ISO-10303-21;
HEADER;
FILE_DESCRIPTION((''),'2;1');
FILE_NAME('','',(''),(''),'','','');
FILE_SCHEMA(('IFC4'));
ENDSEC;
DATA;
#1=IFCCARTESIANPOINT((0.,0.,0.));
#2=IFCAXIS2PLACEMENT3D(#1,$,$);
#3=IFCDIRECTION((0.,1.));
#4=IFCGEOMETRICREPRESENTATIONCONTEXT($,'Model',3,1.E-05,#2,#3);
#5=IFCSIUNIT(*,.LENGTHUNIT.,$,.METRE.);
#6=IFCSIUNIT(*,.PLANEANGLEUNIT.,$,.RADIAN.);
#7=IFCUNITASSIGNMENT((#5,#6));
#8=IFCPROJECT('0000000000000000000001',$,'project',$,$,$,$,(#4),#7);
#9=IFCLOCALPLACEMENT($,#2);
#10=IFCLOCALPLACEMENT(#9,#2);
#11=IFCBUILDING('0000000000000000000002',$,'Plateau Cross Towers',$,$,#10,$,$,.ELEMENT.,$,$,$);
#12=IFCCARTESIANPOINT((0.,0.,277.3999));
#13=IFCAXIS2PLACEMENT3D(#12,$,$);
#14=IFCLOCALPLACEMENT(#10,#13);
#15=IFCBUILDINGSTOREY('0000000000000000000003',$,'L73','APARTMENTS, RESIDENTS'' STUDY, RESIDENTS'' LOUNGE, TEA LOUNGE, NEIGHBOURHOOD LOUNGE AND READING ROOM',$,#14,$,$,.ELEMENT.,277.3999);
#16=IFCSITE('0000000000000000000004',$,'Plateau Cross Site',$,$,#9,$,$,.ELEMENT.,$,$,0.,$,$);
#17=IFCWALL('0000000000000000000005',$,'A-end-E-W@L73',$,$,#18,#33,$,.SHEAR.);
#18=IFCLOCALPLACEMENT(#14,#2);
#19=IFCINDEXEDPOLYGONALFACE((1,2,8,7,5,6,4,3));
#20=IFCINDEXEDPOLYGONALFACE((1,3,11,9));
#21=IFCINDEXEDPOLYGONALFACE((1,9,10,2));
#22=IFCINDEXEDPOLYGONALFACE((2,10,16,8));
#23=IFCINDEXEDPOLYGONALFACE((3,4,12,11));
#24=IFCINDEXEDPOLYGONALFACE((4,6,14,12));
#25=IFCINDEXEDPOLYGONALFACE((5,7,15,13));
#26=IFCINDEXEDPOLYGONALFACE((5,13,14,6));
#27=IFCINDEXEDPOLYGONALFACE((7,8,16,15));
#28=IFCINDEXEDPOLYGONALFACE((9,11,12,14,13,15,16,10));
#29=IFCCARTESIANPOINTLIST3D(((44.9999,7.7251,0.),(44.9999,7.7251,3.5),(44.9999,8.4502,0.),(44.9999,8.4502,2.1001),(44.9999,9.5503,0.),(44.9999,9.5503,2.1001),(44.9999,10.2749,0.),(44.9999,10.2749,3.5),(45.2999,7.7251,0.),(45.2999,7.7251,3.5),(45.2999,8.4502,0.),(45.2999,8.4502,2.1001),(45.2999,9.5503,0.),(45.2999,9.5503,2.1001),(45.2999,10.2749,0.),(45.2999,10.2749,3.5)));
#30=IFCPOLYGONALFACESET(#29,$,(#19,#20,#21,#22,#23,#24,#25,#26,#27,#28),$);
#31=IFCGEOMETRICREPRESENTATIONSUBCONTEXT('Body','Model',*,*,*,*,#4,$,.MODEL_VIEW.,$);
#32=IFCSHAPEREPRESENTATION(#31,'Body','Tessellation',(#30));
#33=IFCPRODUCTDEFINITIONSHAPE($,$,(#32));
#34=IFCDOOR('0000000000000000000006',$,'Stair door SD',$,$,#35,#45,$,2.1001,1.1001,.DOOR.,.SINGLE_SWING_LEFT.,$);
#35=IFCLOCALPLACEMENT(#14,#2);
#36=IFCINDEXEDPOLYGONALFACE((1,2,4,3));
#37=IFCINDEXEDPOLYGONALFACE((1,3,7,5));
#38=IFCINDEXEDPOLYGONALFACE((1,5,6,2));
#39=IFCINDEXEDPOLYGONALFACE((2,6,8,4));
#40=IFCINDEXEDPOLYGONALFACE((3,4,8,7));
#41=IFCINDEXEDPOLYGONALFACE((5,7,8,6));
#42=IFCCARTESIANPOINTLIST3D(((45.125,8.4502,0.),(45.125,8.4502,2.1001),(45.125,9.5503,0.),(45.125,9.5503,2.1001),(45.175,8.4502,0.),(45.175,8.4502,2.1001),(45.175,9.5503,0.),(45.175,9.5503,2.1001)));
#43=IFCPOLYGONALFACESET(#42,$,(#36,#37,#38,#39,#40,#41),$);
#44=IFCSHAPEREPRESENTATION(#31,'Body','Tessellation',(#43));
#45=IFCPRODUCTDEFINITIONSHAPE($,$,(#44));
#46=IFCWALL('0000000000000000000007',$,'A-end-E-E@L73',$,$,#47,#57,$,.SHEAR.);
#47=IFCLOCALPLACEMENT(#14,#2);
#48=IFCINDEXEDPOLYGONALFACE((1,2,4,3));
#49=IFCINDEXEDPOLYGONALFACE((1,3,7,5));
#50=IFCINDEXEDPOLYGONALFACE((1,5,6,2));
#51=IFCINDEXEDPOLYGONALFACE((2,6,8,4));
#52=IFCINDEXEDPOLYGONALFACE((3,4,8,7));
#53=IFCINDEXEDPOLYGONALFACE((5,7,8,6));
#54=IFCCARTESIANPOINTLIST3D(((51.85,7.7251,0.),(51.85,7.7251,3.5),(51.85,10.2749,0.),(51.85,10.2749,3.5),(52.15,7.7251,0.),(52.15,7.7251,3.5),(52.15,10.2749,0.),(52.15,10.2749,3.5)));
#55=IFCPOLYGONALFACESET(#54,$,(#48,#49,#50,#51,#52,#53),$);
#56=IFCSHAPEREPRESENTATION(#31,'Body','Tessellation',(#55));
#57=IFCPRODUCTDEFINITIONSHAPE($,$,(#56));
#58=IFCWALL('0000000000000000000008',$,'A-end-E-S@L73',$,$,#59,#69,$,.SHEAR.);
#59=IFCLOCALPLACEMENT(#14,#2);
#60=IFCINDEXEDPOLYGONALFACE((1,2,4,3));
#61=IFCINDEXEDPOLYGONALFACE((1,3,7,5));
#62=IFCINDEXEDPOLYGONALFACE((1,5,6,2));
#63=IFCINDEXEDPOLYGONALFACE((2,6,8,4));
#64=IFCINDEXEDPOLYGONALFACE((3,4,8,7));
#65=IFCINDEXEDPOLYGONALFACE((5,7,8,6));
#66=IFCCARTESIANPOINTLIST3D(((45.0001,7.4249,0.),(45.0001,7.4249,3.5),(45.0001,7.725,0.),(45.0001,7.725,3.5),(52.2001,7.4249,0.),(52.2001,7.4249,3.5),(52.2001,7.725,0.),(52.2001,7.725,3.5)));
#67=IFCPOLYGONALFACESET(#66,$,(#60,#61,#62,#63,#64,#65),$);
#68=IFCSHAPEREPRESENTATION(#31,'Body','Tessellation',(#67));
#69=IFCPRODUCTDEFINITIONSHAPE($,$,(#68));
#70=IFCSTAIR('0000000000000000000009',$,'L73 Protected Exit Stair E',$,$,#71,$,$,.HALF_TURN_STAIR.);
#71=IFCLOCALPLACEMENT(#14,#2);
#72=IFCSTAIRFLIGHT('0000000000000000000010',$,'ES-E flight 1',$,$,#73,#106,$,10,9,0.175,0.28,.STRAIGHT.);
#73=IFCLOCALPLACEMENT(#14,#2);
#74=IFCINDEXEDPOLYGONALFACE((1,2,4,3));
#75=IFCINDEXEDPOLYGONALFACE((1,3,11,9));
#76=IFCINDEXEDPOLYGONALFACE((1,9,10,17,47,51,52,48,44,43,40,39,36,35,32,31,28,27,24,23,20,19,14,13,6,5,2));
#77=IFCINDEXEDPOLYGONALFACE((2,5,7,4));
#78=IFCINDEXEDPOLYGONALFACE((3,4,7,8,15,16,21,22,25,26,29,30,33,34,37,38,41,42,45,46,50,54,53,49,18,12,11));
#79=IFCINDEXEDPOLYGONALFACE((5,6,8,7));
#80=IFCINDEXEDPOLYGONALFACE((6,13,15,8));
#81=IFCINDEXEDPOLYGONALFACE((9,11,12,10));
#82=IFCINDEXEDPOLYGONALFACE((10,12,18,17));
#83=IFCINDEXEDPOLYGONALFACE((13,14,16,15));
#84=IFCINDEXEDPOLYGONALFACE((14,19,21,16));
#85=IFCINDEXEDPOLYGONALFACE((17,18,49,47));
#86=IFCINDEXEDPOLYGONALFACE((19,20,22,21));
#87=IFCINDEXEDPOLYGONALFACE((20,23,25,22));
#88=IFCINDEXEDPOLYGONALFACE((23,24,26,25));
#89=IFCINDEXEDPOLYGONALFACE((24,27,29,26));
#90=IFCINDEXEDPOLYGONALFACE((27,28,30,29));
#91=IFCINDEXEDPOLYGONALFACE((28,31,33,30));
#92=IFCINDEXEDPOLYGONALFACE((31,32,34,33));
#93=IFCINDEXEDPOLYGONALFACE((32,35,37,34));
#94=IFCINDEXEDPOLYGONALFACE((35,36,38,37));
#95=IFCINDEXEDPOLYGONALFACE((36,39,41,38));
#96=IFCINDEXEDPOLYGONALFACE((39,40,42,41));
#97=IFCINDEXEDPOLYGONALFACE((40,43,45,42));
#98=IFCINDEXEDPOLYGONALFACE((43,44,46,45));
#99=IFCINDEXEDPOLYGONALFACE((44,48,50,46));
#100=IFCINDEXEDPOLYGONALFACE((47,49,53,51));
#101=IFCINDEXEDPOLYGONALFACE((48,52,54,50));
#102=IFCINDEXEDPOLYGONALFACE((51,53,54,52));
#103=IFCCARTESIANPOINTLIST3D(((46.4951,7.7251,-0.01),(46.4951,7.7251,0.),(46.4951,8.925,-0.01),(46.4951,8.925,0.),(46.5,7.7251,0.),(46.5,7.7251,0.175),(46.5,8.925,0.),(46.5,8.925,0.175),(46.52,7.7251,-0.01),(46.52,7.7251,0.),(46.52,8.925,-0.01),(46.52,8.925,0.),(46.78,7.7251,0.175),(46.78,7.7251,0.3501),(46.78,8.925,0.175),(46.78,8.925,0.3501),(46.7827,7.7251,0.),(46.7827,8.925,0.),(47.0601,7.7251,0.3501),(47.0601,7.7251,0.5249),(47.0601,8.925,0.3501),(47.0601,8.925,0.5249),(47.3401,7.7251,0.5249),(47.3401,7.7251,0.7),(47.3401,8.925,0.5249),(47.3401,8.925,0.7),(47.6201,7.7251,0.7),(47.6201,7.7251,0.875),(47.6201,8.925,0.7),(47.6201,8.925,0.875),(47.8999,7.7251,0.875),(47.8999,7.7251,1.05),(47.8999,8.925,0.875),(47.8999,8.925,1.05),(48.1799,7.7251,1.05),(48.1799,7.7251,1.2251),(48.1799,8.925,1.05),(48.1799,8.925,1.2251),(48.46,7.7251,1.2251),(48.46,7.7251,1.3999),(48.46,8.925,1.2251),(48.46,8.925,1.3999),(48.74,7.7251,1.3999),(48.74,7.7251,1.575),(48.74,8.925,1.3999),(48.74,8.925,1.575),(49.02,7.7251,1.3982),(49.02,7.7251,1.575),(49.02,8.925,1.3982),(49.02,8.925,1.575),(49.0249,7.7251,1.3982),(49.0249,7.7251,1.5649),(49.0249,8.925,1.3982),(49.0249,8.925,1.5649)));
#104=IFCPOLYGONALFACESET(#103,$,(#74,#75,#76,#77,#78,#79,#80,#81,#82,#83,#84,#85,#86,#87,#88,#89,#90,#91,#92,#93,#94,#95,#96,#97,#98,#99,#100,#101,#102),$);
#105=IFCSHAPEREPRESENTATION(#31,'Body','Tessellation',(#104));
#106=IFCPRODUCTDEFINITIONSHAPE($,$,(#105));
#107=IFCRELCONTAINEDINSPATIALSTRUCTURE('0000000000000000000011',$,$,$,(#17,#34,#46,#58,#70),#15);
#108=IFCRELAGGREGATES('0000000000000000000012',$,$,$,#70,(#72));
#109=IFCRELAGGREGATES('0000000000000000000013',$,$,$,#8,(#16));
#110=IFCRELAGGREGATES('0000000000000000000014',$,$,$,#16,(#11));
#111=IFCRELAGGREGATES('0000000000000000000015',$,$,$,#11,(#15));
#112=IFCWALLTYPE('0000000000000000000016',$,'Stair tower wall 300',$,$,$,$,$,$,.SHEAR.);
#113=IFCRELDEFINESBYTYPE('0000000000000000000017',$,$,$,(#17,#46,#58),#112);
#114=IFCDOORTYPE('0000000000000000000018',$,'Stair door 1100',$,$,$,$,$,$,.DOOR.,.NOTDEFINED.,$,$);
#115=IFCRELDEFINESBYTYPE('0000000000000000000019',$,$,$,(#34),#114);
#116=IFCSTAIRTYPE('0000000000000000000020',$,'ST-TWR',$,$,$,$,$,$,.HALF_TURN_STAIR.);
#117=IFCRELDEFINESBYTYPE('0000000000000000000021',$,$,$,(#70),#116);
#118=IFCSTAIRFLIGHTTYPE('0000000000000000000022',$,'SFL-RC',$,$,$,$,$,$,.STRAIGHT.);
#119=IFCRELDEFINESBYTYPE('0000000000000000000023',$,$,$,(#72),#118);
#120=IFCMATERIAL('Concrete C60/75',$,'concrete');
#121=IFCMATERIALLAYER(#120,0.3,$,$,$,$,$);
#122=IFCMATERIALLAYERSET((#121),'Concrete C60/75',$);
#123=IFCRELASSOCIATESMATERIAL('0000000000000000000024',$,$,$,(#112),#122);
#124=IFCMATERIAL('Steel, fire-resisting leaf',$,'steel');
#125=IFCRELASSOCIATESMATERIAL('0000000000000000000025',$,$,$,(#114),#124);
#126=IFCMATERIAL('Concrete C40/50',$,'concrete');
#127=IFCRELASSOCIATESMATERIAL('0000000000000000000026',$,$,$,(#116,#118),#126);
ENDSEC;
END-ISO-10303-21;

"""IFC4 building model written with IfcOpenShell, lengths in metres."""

from ifc_helpers import new_model, si_unit, direction, frame, frame_2d, origin, place, context, subcontext, project, spatial, polyline, rectangle, outline, extrude, material, layer, layer_set, type_object, element, fill, aggregate, save


model = new_model("IFC4")

# Units and contexts
model_context = context("Model", 3, precision=1e-05, world=origin(), true_north=direction((0.0, 1.0)))
body_context = subcontext(model_context, "Body", "Model", "MODEL_VIEW")
ifc_project = project(units=[si_unit("LENGTHUNIT", "METRE"), si_unit("PLANEANGLEUNIT", "RADIAN")], contexts=[model_context])

# Site, building, storey
site_placement = place(None, origin())
site = spatial("IfcSite", under=ifc_project, at=site_placement, Name="Plateau Cross Site", CompositionType="ELEMENT", RefElevation=0.0)
building_placement = place(site_placement, origin())
building = spatial("IfcBuilding", under=site, at=building_placement, Name="Plateau Cross Towers", CompositionType="ELEMENT")
storey_placement = place(building_placement, frame((0.0, 0.0, 277.3999)))
storey = spatial("IfcBuildingStorey", under=building, at=storey_placement, Name="L73", Description="APARTMENTS, RESIDENTS' STUDY, RESIDENTS' LOUNGE, TEA LOUNGE, NEIGHBOURHOOD LOUNGE AND READING ROOM", CompositionType="ELEMENT", Elevation=277.3999)

# Shared definitions
ifc_material_1 = material(Name="Concrete C60/75", Category="concrete")

# Wall, opening, door
ifc_layer_1 = layer(ifc_material_1, 0.3)
ifc_layer_set_1 = layer_set([ifc_layer_1], Name="Concrete C60/75")
wall_type_1 = type_object("IfcWallType", Name="Stair tower wall 300", PredefinedType="SHEAR", material=ifc_layer_set_1)
wall_1_placement = place(storey_placement, frame((45.1499, 7.7251, 0.0), z_axis=(0.0, 0.0, 1.0), x_axis=(0.0, 1.0, 0.0)))
wall_1 = element("IfcWall", 1, at=wall_1_placement, inside=storey, type_object=wall_type_1, Name="A-end-E-W@L73", PredefinedType="SHEAR", context=body_context, shape_type="SweptSolid", body=[
    extrude(rectangle(XDim=2.5498, YDim=0.3, at=frame_2d((1.2749, 0.0))), origin(), (0.0, 0.0, 1.0), 3.5),
])
opening_1_placement = place(wall_1_placement, frame((0.7251, 0.0, 0.0)))
opening_1 = element("IfcOpeningElement", 2, at=opening_1_placement, cuts=wall_1, PredefinedType="OPENING", context=body_context, shape_type="SweptSolid", body=[
    extrude(rectangle(XDim=1.1001, YDim=2.1001, at=frame_2d((0.55, 1.05))), frame((0.0, 0.1599, 0.0), z_axis=(0.0, -1.0, 0.0), x_axis=(1.0, 0.0, 0.0)), (0.0, 0.0, 1.0), 0.3201),
])
ifc_material_2 = material(Name="Steel, fire-resisting leaf", Category="steel")
door_type_1 = type_object("IfcDoorType", Name="Stair door 1100", OperationType="NOTDEFINED", PredefinedType="DOOR", material=ifc_material_2)
door_1_placement = place(opening_1_placement, origin())
door_1 = element("IfcDoor", 3, at=door_1_placement, inside=storey, type_object=door_type_1, Name="Stair door SD", OperationType="SINGLE_SWING_LEFT", OverallHeight=2.1001, OverallWidth=1.1001, PredefinedType="DOOR", context=body_context, shape_type="SweptSolid", body=[
    extrude(rectangle(XDim=1.1001, YDim=2.1001, at=frame_2d((0.55, 1.05))), frame((0.0, 0.0249, 0.0), z_axis=(0.0, -1.0, 0.0), x_axis=(1.0, 0.0, 0.0)), (0.0, 0.0, 1.0), 0.05),
])
fill(opening_1, door_1)

# Walls
wall_2_placement = place(storey_placement, frame((52.0, 7.7251, 0.0), z_axis=(0.0, 0.0, 1.0), x_axis=(0.0, 1.0, 0.0)))
element("IfcWall", 4, at=wall_2_placement, inside=storey, type_object=wall_type_1, Name="A-end-E-E@L73", PredefinedType="SHEAR", context=body_context, shape_type="SweptSolid", body=[
    extrude(rectangle(XDim=2.5498, YDim=0.3, at=frame_2d((1.2749, 0.0))), origin(), (0.0, 0.0, 1.0), 3.5),
])
wall_3_placement = place(storey_placement, frame((45.0, 7.575, 0.0), z_axis=(0.0, 0.0, 1.0), x_axis=(1.0, 0.0, 0.0)))
element("IfcWall", 5, at=wall_3_placement, inside=storey, type_object=wall_type_1, Name="A-end-E-S@L73", PredefinedType="SHEAR", context=body_context, shape_type="SweptSolid", body=[
    extrude(rectangle(XDim=7.2, YDim=0.3, at=frame_2d((3.6001, 0.0))), origin(), (0.0, 0.0, 1.0), 3.5),
])

# Stair, stair flight
ifc_material_3 = material(Name="Concrete C40/50", Category="concrete")
stair_type = type_object("IfcStairType", Name="ST-TWR", PredefinedType="HALF_TURN_STAIR", material=ifc_material_3)
stair_placement = place(storey_placement, origin())
stair = element("IfcStair", 6, at=stair_placement, inside=storey, type_object=stair_type, Name="L73 Protected Exit Stair E", PredefinedType="HALF_TURN_STAIR")
stair_flight_type = type_object("IfcStairFlightType", Name="SFL-RC", PredefinedType="STRAIGHT", material=ifc_material_3)
stair_flight_placement = place(storey_placement, frame((46.5, 8.325, 0.0), z_axis=(0.0, 0.0, 1.0), x_axis=(1.0, 0.0, 0.0)))
stair_flight = element("IfcStairFlight", 7, at=stair_flight_placement, type_object=stair_flight_type, Name="ES-E flight 1", NumberOfRisers=10, NumberOfTreads=9, PredefinedType="STRAIGHT", RiserHeight=0.175, TreadLength=0.28, context=body_context, shape_type="SweptSolid", body=[
    extrude(outline(polyline([(-0.0049, -0.01), (-0.0049, 0.0), (0.0, 0.0), (0.0, 0.175), (0.28, 0.175), (0.28, 0.3501), (0.5601, 0.3501), (0.5601, 0.5249), (0.8401, 0.5249), (0.8401, 0.7), (1.1201, 0.7), (1.1201, 0.875), (1.3999, 0.875), (1.3999, 1.05), (1.6799, 1.05), (1.6799, 1.2251), (1.96, 1.2251), (1.96, 1.3999), (2.24, 1.3999), (2.24, 1.575), (2.52, 1.575), (2.5249, 1.5649), (2.5249, 1.3982), (2.52, 1.3982), (0.2827, 0.0), (0.02, 0.0), (0.02, -0.01), (-0.0049, -0.01)])), frame((0.0, 0.6001, 0.0), z_axis=(0.0, -1.0, 0.0), x_axis=(1.0, 0.0, 0.0)), (0.0, 0.0, 1.0), 1.2),
])
aggregate(stair, [stair_flight])

save(model, "model.ifc")
